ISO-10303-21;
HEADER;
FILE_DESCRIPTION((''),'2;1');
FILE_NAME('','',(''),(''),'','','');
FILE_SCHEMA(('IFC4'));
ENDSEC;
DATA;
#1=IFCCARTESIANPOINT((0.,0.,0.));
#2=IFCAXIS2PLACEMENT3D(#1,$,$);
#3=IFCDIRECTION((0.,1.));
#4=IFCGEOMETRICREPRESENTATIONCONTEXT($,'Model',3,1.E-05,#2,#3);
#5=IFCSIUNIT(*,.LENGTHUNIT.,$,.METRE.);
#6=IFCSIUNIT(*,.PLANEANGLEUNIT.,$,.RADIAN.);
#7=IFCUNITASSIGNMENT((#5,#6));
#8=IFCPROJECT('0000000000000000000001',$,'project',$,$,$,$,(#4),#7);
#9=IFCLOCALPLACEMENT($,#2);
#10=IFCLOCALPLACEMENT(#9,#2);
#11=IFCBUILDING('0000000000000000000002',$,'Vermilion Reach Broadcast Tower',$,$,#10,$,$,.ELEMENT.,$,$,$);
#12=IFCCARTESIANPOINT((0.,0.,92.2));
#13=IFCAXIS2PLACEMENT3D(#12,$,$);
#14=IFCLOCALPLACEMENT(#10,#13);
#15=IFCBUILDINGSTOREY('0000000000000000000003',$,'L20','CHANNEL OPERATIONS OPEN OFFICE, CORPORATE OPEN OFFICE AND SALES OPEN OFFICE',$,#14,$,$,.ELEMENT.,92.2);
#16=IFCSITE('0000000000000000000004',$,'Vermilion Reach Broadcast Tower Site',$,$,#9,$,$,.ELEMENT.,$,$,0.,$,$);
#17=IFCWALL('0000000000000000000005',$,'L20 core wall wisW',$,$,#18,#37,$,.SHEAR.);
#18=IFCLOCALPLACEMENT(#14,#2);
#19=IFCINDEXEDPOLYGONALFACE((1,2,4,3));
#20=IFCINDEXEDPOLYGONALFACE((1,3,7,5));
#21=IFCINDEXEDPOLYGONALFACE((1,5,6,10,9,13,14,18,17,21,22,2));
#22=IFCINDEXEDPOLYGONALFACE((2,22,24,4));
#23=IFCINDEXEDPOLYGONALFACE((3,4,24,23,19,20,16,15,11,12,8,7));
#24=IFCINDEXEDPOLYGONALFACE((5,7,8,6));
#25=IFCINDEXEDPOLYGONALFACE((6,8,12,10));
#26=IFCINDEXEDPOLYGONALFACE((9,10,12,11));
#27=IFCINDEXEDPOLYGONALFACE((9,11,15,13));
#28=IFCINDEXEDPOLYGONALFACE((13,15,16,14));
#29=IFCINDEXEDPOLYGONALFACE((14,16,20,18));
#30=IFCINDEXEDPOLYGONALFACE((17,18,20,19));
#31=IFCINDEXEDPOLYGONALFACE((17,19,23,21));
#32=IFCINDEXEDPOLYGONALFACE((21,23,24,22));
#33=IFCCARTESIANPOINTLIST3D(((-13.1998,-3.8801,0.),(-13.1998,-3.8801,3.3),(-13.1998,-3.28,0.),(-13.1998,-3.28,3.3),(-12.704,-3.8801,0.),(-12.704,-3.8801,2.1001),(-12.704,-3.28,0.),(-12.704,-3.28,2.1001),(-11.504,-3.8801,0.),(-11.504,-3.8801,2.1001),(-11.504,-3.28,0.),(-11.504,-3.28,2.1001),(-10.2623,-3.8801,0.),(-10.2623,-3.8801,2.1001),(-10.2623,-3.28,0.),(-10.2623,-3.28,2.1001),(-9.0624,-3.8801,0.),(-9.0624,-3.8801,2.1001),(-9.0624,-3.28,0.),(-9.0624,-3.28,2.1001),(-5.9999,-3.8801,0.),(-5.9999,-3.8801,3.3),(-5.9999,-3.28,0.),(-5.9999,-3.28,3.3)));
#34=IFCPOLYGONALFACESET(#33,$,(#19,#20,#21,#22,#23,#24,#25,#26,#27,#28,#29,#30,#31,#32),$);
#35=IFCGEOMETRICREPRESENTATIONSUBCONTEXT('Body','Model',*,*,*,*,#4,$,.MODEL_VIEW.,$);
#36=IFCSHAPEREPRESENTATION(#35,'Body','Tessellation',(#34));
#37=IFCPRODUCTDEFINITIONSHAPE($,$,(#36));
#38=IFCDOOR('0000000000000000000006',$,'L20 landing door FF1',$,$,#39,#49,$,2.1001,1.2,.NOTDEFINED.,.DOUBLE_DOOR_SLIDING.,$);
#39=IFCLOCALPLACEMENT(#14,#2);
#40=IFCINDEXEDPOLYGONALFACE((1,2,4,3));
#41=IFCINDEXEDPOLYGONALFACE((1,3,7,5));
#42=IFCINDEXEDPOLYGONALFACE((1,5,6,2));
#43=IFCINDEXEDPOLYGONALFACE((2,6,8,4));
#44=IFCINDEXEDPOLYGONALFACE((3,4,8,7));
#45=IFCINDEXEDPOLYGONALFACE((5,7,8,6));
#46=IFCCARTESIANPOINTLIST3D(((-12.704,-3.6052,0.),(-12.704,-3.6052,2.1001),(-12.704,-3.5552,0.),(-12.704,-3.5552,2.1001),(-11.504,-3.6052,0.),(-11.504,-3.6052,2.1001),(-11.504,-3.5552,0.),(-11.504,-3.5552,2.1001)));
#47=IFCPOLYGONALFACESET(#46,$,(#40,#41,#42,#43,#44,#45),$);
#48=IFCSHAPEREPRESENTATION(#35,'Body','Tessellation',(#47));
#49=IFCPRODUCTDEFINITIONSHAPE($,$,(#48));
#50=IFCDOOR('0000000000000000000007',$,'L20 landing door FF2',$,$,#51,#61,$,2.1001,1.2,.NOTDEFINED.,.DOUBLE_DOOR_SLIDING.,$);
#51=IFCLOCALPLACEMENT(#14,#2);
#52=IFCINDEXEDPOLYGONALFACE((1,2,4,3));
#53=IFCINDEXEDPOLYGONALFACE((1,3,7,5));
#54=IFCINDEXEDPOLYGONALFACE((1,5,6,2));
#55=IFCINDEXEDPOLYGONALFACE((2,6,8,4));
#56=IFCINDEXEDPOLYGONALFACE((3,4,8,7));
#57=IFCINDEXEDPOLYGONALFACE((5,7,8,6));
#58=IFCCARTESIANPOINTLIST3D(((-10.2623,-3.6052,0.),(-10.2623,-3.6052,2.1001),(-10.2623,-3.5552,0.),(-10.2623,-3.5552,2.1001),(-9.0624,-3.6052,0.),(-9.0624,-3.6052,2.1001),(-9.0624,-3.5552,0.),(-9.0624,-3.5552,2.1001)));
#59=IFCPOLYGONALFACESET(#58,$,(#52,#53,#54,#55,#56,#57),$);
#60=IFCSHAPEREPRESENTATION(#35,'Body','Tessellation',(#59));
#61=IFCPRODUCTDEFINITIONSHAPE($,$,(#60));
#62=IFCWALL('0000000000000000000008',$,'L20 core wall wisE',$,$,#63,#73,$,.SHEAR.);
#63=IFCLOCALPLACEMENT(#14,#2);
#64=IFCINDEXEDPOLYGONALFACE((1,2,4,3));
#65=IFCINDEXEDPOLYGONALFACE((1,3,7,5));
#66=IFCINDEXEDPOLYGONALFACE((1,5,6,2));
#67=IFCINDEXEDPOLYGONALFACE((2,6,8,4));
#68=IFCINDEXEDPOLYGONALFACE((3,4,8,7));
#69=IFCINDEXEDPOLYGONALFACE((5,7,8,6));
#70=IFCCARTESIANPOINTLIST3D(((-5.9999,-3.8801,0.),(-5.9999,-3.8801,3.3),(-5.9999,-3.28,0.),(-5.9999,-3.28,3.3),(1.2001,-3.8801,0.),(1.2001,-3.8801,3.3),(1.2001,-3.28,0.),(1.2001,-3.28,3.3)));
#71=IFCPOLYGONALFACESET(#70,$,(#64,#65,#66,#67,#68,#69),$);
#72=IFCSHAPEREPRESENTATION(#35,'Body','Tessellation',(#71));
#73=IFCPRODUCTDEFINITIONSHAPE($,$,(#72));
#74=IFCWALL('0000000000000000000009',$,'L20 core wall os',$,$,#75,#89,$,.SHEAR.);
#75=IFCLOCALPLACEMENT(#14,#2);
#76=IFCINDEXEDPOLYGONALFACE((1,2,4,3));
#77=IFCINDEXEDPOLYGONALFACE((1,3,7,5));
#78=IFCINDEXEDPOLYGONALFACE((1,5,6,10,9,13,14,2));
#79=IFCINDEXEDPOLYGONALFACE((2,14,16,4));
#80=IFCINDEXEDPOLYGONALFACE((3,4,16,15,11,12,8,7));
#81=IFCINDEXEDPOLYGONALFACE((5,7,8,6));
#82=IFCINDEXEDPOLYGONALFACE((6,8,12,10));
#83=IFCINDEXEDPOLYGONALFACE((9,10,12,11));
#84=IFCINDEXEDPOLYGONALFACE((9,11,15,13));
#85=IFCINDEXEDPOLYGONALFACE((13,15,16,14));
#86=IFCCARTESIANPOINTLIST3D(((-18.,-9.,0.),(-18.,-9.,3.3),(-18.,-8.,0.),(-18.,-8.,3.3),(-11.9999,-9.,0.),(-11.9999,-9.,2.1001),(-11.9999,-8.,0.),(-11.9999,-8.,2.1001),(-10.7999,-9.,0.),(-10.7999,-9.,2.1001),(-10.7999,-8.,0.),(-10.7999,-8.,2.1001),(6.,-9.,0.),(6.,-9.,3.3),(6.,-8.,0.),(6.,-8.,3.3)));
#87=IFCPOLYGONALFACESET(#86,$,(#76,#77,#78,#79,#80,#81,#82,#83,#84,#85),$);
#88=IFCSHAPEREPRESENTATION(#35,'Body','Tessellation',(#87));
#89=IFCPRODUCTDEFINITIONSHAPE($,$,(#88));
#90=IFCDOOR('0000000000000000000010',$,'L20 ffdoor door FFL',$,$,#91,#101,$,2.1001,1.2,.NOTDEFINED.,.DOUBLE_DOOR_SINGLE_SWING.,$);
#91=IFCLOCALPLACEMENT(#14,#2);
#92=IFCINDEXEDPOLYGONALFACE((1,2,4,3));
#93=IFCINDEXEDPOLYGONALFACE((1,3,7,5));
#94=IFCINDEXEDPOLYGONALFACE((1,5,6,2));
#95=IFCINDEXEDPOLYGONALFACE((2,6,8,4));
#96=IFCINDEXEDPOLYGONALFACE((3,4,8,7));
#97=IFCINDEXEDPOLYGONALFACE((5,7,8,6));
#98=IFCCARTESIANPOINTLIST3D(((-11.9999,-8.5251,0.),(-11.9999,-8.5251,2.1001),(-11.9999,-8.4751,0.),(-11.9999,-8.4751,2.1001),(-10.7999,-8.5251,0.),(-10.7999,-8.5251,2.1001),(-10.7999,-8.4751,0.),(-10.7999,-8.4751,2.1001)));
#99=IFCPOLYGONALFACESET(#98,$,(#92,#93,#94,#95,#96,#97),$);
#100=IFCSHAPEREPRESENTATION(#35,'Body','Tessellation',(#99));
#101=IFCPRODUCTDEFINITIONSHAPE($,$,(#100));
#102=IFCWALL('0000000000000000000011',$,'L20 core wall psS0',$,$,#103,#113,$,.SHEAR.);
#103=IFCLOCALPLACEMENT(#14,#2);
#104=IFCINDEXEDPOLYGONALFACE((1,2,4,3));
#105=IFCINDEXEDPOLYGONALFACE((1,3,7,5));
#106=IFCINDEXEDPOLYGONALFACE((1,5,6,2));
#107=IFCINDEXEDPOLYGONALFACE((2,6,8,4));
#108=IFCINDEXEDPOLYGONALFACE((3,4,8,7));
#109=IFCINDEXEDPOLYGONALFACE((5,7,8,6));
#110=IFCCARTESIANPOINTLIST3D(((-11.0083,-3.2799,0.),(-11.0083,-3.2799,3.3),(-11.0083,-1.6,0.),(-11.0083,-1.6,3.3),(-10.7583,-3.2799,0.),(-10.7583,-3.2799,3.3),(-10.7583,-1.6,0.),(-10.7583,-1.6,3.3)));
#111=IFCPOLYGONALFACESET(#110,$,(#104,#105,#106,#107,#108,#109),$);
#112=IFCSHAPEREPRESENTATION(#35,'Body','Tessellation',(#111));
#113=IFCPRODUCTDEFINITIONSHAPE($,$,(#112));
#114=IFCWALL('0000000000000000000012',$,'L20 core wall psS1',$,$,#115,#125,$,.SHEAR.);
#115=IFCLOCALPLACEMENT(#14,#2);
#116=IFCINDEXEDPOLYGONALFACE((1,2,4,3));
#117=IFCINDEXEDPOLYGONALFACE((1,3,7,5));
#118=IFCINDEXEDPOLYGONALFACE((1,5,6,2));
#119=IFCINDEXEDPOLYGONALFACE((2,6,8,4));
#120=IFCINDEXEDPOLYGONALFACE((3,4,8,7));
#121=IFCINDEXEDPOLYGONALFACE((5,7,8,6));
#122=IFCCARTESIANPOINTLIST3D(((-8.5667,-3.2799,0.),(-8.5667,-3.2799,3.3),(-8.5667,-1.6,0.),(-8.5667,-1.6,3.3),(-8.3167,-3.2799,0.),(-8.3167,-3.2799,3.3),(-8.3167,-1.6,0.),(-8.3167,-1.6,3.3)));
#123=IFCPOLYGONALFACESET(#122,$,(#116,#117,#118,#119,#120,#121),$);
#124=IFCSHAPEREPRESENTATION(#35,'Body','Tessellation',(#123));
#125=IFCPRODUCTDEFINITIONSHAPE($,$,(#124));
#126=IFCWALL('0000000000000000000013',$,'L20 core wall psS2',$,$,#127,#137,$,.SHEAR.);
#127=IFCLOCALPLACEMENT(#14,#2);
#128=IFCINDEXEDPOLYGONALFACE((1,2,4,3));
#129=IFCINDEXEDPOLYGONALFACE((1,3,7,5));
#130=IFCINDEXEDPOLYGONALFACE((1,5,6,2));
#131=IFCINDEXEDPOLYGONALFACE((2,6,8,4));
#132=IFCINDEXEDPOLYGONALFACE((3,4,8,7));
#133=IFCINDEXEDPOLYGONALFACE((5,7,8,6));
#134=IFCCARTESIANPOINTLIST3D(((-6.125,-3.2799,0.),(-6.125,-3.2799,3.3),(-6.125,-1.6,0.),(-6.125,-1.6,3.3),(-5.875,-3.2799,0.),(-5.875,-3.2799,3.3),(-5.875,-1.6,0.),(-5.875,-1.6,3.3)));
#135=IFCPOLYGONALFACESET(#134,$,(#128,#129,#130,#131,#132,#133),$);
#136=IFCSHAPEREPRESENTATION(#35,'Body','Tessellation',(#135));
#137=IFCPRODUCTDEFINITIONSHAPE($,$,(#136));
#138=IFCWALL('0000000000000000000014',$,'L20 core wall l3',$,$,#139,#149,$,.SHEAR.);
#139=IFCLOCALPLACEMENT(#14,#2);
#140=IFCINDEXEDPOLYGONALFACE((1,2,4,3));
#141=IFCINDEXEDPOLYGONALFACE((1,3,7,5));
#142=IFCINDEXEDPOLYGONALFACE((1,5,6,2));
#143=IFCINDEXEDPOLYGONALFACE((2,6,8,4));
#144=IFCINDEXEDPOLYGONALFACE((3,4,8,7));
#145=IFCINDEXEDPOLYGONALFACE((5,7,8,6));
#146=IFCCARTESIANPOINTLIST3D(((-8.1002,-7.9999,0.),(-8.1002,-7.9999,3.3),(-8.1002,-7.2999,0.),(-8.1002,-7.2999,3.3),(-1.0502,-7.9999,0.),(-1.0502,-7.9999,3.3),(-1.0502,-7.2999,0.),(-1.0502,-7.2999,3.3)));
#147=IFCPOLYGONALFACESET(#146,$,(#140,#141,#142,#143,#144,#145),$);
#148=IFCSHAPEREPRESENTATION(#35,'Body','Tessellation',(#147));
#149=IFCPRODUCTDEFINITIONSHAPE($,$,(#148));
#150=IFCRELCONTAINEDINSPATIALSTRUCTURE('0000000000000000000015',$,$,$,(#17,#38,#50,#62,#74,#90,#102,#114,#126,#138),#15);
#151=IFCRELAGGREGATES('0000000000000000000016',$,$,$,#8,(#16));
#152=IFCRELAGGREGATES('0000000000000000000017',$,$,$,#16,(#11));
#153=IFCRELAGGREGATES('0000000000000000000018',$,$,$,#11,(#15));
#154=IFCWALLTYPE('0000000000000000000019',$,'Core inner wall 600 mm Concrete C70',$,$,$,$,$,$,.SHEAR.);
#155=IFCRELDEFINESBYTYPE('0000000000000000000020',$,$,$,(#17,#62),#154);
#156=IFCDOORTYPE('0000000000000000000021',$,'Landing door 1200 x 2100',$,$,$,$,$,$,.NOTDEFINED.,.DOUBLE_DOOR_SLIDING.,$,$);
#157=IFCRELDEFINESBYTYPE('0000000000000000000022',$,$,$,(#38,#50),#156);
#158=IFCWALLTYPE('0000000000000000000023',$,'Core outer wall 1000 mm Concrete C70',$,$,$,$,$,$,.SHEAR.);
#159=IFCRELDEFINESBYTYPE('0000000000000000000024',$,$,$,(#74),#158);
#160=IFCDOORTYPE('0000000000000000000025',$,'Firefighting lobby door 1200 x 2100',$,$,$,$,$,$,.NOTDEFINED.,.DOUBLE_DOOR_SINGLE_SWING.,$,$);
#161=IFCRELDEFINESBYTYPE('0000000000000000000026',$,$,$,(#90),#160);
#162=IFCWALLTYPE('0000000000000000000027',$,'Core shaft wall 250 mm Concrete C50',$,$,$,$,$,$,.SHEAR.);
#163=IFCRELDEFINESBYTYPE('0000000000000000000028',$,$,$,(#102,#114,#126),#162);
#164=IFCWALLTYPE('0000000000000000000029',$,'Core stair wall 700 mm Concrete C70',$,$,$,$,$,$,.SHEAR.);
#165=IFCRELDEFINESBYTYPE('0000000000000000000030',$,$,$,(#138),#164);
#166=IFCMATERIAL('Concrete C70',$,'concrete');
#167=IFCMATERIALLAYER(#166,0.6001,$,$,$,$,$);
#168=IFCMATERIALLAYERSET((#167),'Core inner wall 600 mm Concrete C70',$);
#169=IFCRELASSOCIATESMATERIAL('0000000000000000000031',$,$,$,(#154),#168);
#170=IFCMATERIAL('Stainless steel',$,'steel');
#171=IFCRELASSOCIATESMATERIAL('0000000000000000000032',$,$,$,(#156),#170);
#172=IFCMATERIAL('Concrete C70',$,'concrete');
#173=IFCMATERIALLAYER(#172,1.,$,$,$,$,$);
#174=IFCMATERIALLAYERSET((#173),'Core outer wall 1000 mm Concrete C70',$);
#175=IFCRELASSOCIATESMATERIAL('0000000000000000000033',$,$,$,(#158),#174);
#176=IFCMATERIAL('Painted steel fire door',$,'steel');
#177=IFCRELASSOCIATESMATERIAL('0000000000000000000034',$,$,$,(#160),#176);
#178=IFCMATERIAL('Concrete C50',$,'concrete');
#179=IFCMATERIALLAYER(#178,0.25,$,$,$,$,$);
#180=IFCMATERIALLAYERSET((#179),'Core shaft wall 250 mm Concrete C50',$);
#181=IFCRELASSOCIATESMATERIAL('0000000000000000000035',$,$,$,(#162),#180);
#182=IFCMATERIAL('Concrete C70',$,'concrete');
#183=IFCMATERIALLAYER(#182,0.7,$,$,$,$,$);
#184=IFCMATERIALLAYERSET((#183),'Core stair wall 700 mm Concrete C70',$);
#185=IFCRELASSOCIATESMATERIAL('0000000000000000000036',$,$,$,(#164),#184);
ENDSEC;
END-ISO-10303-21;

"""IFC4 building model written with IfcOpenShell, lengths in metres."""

from ifc_helpers import new_model, si_unit, direction, frame, frame_2d, origin, place, context, subcontext, project, spatial, rectangle, extrude, material, layer, layer_set, type_object, element, fill, save


model = new_model("IFC4")

# Units and contexts
model_context = context("Model", 3, precision=1e-05, world=origin(), true_north=direction((0.0, 1.0)))
body_context = subcontext(model_context, "Body", "Model", "MODEL_VIEW")
ifc_project = project(units=[si_unit("LENGTHUNIT", "METRE"), si_unit("PLANEANGLEUNIT", "RADIAN")], contexts=[model_context])

# Site, building, storey
site_placement = place(None, origin())
site = spatial("IfcSite", under=ifc_project, at=site_placement, Name="Vermilion Reach Broadcast Tower Site", CompositionType="ELEMENT", RefElevation=0.0)
building_placement = place(site_placement, origin())
building = spatial("IfcBuilding", under=site, at=building_placement, Name="Vermilion Reach Broadcast Tower", CompositionType="ELEMENT")
storey_placement = place(building_placement, frame((0.0, 0.0, 92.2)))
storey = spatial("IfcBuildingStorey", under=building, at=storey_placement, Name="L20", Description="CHANNEL OPERATIONS OPEN OFFICE, CORPORATE OPEN OFFICE AND SALES OPEN OFFICE", CompositionType="ELEMENT", Elevation=92.2)

# Wall, openings, doors
ifc_material_1 = material(Name="Concrete C70", Category="concrete")
ifc_layer_1 = layer(ifc_material_1, 0.6001)
ifc_layer_set_1 = layer_set([ifc_layer_1], Name="Core inner wall 600 mm Concrete C70")
wall_type_1 = type_object("IfcWallType", Name="Core inner wall 600 mm Concrete C70", PredefinedType="SHEAR", material=ifc_layer_set_1)
wall_1_placement = place(storey_placement, frame((-13.2, -3.5801, 0.0), z_axis=(0.0, 0.0, 1.0), x_axis=(1.0, 0.0, 0.0)))
wall_1 = element("IfcWall", 1, at=wall_1_placement, inside=storey, type_object=wall_type_1, Name="L20 core wall wisW", PredefinedType="SHEAR", context=body_context, shape_type="SweptSolid", body=[
    extrude(rectangle(XDim=7.2, YDim=0.6001, at=frame_2d((3.6001, 0.0))), origin(), (0.0, 0.0, 1.0), 3.3),
])
opening_1_placement = place(wall_1_placement, frame((0.4958, 0.0, 0.0)))
opening_1 = element("IfcOpeningElement", 2, at=opening_1_placement, cuts=wall_1, PredefinedType="OPENING", context=body_context, shape_type="SweptSolid", body=[
    extrude(rectangle(XDim=1.2, YDim=2.1001, at=frame_2d((0.6001, 1.05))), frame((0.0, 0.3101, 0.0), z_axis=(0.0, -1.0, 0.0), x_axis=(1.0, 0.0, 0.0)), (0.0, 0.0, 1.0), 0.6201),
])
opening_2_placement = place(wall_1_placement, frame((2.9375, 0.0, 0.0)))
opening_2 = element("IfcOpeningElement", 3, at=opening_2_placement, cuts=wall_1, PredefinedType="OPENING", context=body_context, shape_type="SweptSolid", body=[
    extrude(rectangle(XDim=1.2, YDim=2.1001, at=frame_2d((0.6001, 1.05))), frame((0.0, 0.3101, 0.0), z_axis=(0.0, -1.0, 0.0), x_axis=(1.0, 0.0, 0.0)), (0.0, 0.0, 1.0), 0.6201),
])
ifc_material_2 = material(Name="Stainless steel", Category="steel")
door_type_1 = type_object("IfcDoorType", Name="Landing door 1200 x 2100", OperationType="DOUBLE_DOOR_SLIDING", PredefinedType="NOTDEFINED", material=ifc_material_2)
door_1_placement = place(opening_1_placement, origin())
door_1 = element("IfcDoor", 4, at=door_1_placement, inside=storey, type_object=door_type_1, Name="L20 landing door FF1", OperationType="DOUBLE_DOOR_SLIDING", OverallHeight=2.1001, OverallWidth=1.2, PredefinedType="NOTDEFINED", context=body_context, shape_type="SweptSolid", body=[
    extrude(rectangle(XDim=1.2, YDim=2.1001, at=frame_2d((0.6001, 1.05))), frame((0.0, 0.0249, 0.0), z_axis=(0.0, -1.0, 0.0), x_axis=(1.0, 0.0, 0.0)), (0.0, 0.0, 1.0), 0.05),
])
fill(opening_1, door_1)
door_2_placement = place(opening_2_placement, origin())
door_2 = element("IfcDoor", 5, at=door_2_placement, inside=storey, type_object=door_type_1, Name="L20 landing door FF2", OperationType="DOUBLE_DOOR_SLIDING", OverallHeight=2.1001, OverallWidth=1.2, PredefinedType="NOTDEFINED", context=body_context, shape_type="SweptSolid", body=[
    extrude(rectangle(XDim=1.2, YDim=2.1001, at=frame_2d((0.6001, 1.05))), frame((0.0, 0.0249, 0.0), z_axis=(0.0, -1.0, 0.0), x_axis=(1.0, 0.0, 0.0)), (0.0, 0.0, 1.0), 0.05),
])
fill(opening_2, door_2)

# Wall
wall_2_placement = place(storey_placement, frame((-6.0, -3.5801, 0.0), z_axis=(0.0, 0.0, 1.0), x_axis=(1.0, 0.0, 0.0)))
element("IfcWall", 6, at=wall_2_placement, inside=storey, type_object=wall_type_1, Name="L20 core wall wisE", PredefinedType="SHEAR", context=body_context, shape_type="SweptSolid", body=[
    extrude(rectangle(XDim=7.2, YDim=0.6001, at=frame_2d((3.6001, 0.0))), origin(), (0.0, 0.0, 1.0), 3.3),
])

# Wall, opening, door
ifc_material_3 = material(Name="Concrete C70", Category="concrete")
ifc_layer_2 = layer(ifc_material_3, 1.0)
ifc_layer_set_2 = layer_set([ifc_layer_2], Name="Core outer wall 1000 mm Concrete C70")
wall_type_2 = type_object("IfcWallType", Name="Core outer wall 1000 mm Concrete C70", PredefinedType="SHEAR", material=ifc_layer_set_2)
wall_3_placement = place(storey_placement, frame((-18.0, -8.5, 0.0), z_axis=(0.0, 0.0, 1.0), x_axis=(1.0, 0.0, 0.0)))
wall_3 = element("IfcWall", 7, at=wall_3_placement, inside=storey, type_object=wall_type_2, Name="L20 core wall os", PredefinedType="SHEAR", context=body_context, shape_type="SweptSolid", body=[
    extrude(rectangle(XDim=24.0, YDim=1.0, at=frame_2d((12.0, 0.0))), origin(), (0.0, 0.0, 1.0), 3.3),
])
opening_3_placement = place(wall_3_placement, frame((6.0, 0.0, 0.0)))
opening_3 = element("IfcOpeningElement", 8, at=opening_3_placement, cuts=wall_3, PredefinedType="OPENING", context=body_context, shape_type="SweptSolid", body=[
    extrude(rectangle(XDim=1.2, YDim=2.1001, at=frame_2d((0.6001, 1.05))), frame((0.0, 0.51, 0.0), z_axis=(0.0, -1.0, 0.0), x_axis=(1.0, 0.0, 0.0)), (0.0, 0.0, 1.0), 1.02),
])
ifc_material_4 = material(Name="Painted steel fire door", Category="steel")
door_type_2 = type_object("IfcDoorType", Name="Firefighting lobby door 1200 x 2100", OperationType="DOUBLE_DOOR_SINGLE_SWING", PredefinedType="NOTDEFINED", material=ifc_material_4)
door_3_placement = place(opening_3_placement, origin())
door_3 = element("IfcDoor", 9, at=door_3_placement, inside=storey, type_object=door_type_2, Name="L20 ffdoor door FFL", OperationType="DOUBLE_DOOR_SINGLE_SWING", OverallHeight=2.1001, OverallWidth=1.2, PredefinedType="NOTDEFINED", context=body_context, shape_type="SweptSolid", body=[
    extrude(rectangle(XDim=1.2, YDim=2.1001, at=frame_2d((0.6001, 1.05))), frame((0.0, 0.0249, 0.0), z_axis=(0.0, -1.0, 0.0), x_axis=(1.0, 0.0, 0.0)), (0.0, 0.0, 1.0), 0.05),
])
fill(opening_3, door_3)

# Walls
ifc_material_5 = material(Name="Concrete C50", Category="concrete")
ifc_layer_3 = layer(ifc_material_5, 0.25)
ifc_layer_set_3 = layer_set([ifc_layer_3], Name="Core shaft wall 250 mm Concrete C50")
wall_type_3 = type_object("IfcWallType", Name="Core shaft wall 250 mm Concrete C50", PredefinedType="SHEAR", material=ifc_layer_set_3)
for number, where, z_axis, x_axis, name in (
    (10, (-10.8833, -1.6001, 0.0), (0.0, 0.0, 1.0), (0.0, -1.0, 0.0), "L20 core wall psS0"),
    (11, (-8.4417, -1.6001, 0.0), (0.0, 0.0, 1.0), (0.0, -1.0, 0.0), "L20 core wall psS1"),
    (12, (-6.0, -1.6001, 0.0), (0.0, 0.0, 1.0), (0.0, -1.0, 0.0), "L20 core wall psS2"),
):
    element("IfcWall", number, at=place(storey_placement, frame(where, z_axis=z_axis, x_axis=x_axis)), inside=storey, type_object=wall_type_3, Name=name, PredefinedType="SHEAR", context=body_context, shape_type="SweptSolid", body=[
        extrude(rectangle(XDim=1.6799, YDim=0.25, at=frame_2d((0.8398, 0.0))), origin(), (0.0, 0.0, 1.0), 3.3),
    ])
ifc_material_6 = material(Name="Concrete C70", Category="concrete")
ifc_layer_4 = layer(ifc_material_6, 0.7)
ifc_layer_set_4 = layer_set([ifc_layer_4], Name="Core stair wall 700 mm Concrete C70")
wall_type_4 = type_object("IfcWallType", Name="Core stair wall 700 mm Concrete C70", PredefinedType="SHEAR", material=ifc_layer_set_4)
wall_4_placement = place(storey_placement, frame((-8.1001, -7.6499, 0.0), z_axis=(0.0, 0.0, 1.0), x_axis=(1.0, 0.0, 0.0)))
element("IfcWall", 13, at=wall_4_placement, inside=storey, type_object=wall_type_4, Name="L20 core wall l3", PredefinedType="SHEAR", context=body_context, shape_type="SweptSolid", body=[
    extrude(rectangle(XDim=7.05, YDim=0.7, at=frame_2d((3.5249, 0.0))), origin(), (0.0, 0.0, 1.0), 3.3),
])

save(model, "model.ifc")
